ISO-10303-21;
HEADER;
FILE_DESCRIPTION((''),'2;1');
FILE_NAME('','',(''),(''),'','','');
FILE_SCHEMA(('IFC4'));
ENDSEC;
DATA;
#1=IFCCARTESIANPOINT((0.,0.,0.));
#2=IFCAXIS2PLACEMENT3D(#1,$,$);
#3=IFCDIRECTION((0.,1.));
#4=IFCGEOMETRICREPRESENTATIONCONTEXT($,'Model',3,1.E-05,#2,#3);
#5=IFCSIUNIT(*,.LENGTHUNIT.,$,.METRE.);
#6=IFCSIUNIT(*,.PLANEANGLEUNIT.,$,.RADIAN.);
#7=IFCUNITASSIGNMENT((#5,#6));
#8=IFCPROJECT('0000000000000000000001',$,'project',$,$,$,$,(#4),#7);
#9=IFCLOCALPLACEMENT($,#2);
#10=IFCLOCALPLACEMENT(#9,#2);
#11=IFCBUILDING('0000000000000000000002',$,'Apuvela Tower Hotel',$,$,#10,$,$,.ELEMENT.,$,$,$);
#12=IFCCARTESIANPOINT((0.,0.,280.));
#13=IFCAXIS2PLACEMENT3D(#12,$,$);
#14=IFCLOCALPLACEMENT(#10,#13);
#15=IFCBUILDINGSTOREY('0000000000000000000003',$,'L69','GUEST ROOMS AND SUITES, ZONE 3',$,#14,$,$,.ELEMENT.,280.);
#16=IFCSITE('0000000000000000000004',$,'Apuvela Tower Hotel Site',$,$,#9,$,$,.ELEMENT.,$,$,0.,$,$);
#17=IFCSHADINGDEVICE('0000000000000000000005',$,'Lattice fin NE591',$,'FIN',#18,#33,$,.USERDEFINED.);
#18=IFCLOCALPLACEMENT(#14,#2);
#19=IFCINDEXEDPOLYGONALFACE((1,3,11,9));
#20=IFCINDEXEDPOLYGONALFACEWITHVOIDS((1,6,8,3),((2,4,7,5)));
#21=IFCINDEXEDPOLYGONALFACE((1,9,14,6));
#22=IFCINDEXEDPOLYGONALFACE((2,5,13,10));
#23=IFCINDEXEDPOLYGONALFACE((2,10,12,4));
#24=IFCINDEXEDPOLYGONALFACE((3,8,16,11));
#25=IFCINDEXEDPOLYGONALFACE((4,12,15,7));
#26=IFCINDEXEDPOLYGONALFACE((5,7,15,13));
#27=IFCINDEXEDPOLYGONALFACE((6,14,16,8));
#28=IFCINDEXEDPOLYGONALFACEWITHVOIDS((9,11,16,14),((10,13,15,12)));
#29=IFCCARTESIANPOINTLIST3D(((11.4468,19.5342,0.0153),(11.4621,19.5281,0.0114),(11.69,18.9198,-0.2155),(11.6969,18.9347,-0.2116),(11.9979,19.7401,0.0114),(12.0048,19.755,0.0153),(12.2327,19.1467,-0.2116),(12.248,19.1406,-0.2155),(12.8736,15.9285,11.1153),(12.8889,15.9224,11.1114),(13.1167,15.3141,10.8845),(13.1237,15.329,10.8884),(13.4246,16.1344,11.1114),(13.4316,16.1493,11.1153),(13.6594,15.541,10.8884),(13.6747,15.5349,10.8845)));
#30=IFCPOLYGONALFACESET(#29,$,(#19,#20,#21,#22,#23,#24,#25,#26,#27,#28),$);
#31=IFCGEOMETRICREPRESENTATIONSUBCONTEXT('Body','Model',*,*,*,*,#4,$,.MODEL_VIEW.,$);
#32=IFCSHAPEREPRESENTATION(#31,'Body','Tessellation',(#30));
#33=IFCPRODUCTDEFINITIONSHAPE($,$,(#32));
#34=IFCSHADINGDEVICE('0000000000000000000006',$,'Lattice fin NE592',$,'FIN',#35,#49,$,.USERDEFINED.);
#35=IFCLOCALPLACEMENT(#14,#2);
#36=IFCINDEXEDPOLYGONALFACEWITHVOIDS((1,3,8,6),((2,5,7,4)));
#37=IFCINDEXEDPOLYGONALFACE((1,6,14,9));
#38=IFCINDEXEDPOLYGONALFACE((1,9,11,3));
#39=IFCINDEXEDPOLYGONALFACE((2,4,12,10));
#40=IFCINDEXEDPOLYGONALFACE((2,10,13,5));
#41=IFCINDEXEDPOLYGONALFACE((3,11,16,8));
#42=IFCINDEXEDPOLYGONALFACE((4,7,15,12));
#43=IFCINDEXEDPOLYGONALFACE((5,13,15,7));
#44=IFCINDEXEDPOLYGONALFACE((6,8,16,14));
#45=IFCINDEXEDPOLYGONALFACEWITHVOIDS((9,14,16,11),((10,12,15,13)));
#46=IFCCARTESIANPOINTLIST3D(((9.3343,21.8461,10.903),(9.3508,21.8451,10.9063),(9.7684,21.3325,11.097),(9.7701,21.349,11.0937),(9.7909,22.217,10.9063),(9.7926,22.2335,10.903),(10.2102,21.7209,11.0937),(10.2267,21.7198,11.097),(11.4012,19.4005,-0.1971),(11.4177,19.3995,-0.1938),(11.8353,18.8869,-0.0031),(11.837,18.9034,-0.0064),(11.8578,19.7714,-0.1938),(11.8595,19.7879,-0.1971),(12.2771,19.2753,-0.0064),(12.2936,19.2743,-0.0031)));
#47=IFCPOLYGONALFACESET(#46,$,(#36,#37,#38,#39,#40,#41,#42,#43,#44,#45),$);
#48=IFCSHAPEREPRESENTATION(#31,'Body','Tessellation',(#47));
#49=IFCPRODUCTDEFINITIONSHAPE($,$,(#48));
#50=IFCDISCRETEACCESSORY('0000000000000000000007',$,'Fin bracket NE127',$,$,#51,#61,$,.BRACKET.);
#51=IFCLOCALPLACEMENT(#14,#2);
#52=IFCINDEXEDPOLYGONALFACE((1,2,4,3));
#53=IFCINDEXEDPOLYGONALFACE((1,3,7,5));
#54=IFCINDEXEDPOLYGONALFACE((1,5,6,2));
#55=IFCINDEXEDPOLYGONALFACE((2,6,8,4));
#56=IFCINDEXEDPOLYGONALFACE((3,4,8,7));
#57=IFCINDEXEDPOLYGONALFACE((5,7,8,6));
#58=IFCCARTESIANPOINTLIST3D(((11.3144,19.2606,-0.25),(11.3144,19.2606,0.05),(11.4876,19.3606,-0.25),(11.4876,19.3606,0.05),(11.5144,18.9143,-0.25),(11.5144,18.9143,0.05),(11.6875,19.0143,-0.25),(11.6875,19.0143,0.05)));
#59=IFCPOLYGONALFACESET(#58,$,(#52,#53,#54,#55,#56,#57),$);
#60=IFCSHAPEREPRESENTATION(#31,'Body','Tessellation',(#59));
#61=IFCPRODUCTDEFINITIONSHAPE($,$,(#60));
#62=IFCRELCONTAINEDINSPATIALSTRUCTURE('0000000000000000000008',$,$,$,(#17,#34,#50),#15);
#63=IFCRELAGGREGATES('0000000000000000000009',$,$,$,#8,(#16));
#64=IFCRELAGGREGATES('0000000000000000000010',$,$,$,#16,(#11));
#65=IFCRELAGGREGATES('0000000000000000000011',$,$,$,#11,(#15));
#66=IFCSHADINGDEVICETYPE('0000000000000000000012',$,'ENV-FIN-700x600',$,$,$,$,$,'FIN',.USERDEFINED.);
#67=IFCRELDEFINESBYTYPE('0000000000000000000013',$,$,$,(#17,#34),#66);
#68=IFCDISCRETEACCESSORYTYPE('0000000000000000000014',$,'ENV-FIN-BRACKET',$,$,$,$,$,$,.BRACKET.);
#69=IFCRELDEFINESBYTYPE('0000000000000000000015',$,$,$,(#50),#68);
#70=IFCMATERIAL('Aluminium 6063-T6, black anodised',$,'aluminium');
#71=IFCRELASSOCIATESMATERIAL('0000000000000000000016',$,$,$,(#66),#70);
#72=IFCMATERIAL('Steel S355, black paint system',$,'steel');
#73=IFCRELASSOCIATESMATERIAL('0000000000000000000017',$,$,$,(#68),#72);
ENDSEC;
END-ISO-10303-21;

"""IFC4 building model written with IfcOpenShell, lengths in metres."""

from ifc_helpers import new_model, si_unit, direction, frame, origin, origin_2d, place, context, subcontext, project, spatial, rectangle, hollow_rectangle, extrude, material, material_profile, profile_set, type_object, element, save


model = new_model("IFC4")

# Units and contexts
model_context = context("Model", 3, precision=1e-05, world=origin(), true_north=direction((0.0, 1.0)))
body_context = subcontext(model_context, "Body", "Model", "MODEL_VIEW")
ifc_project = project(units=[si_unit("LENGTHUNIT", "METRE"), si_unit("PLANEANGLEUNIT", "RADIAN")], contexts=[model_context])

# Site, building, storey
site_placement = place(None, origin())
site = spatial("IfcSite", under=ifc_project, at=site_placement, Name="Apuvela Tower Hotel Site", CompositionType="ELEMENT", RefElevation=0.0)
building_placement = place(site_placement, origin())
building = spatial("IfcBuilding", under=site, at=building_placement, Name="Apuvela Tower Hotel", CompositionType="ELEMENT")
storey_placement = place(building_placement, frame((0.0, 0.0, 280.0)))
storey = spatial("IfcBuildingStorey", under=building, at=storey_placement, Name="L69", Description="GUEST ROOMS AND SUITES, ZONE 3", CompositionType="ELEMENT", Elevation=280.0)

# Shading devices
ifc_material_1 = material(Name="Aluminium 6063-T6, black anodised", Category="aluminium")
ifc_material_profile_1 = material_profile(ifc_material_1, hollow_rectangle(XDim=0.6001, YDim=0.7, WallThickness=0.012, at=origin_2d()), Name="AL BOX 700x600x12")
ifc_profile_set_1 = profile_set([ifc_material_profile_1], Name="Aluminium 6063-T6, black anodised")
shading_device_type = type_object("IfcShadingDeviceType", Name="ENV-FIN-700x600", ElementType="FIN", PredefinedType="USERDEFINED", material=ifc_profile_set_1)
shading_device_1_placement = place(storey_placement, frame((11.8474, 19.3374, -0.1001), z_axis=(0.121344, -0.306662, 0.944052), x_axis=(0.929851, 0.367936, 0.0)))
element("IfcShadingDevice", 1, at=shading_device_1_placement, inside=storey, type_object=shading_device_type, Name="Lattice fin NE591", ObjectType="FIN", PredefinedType="USERDEFINED", context=body_context, shape_type="SweptSolid", body=[
    extrude(hollow_rectangle(XDim=0.6001, YDim=0.7, WallThickness=0.012, at=origin_2d()), origin(), (0.0, 0.0, 1.0), 11.7578),
])
shading_device_2_placement = place(storey_placement, frame((11.8474, 19.3374, -0.1001), z_axis=(-0.17891, 0.211687, 0.960822), x_axis=(-0.763759, -0.645501, 0.0)))
element("IfcShadingDevice", 2, at=shading_device_2_placement, inside=storey, type_object=shading_device_type, Name="Lattice fin NE592", ObjectType="FIN", PredefinedType="USERDEFINED", context=body_context, shape_type="SweptSolid", body=[
    extrude(hollow_rectangle(XDim=0.6001, YDim=0.7, WallThickness=0.012, at=origin_2d()), origin(), (0.0, 0.0, 1.0), 11.5527),
])

# Discrete accessory
ifc_material_2 = material(Name="Steel S355, black paint system", Category="steel")
discrete_accessory_type = type_object("IfcDiscreteAccessoryType", Name="ENV-FIN-BRACKET", PredefinedType="BRACKET", material=ifc_material_2)
discrete_accessory_placement = place(storey_placement, frame((11.501, 19.1375, -0.25), z_axis=(0.0, 0.0, 1.0), x_axis=(-0.5, 0.866025, 0.0)))
element("IfcDiscreteAccessory", 3, at=discrete_accessory_placement, inside=storey, type_object=discrete_accessory_type, Name="Fin bracket NE127", PredefinedType="BRACKET", context=body_context, shape_type="SweptSolid", body=[
    extrude(rectangle(XDim=0.3999, YDim=0.2, at=origin_2d()), origin(), (0.0, 0.0, 1.0), 0.3),
])

save(model, "model.ifc")
